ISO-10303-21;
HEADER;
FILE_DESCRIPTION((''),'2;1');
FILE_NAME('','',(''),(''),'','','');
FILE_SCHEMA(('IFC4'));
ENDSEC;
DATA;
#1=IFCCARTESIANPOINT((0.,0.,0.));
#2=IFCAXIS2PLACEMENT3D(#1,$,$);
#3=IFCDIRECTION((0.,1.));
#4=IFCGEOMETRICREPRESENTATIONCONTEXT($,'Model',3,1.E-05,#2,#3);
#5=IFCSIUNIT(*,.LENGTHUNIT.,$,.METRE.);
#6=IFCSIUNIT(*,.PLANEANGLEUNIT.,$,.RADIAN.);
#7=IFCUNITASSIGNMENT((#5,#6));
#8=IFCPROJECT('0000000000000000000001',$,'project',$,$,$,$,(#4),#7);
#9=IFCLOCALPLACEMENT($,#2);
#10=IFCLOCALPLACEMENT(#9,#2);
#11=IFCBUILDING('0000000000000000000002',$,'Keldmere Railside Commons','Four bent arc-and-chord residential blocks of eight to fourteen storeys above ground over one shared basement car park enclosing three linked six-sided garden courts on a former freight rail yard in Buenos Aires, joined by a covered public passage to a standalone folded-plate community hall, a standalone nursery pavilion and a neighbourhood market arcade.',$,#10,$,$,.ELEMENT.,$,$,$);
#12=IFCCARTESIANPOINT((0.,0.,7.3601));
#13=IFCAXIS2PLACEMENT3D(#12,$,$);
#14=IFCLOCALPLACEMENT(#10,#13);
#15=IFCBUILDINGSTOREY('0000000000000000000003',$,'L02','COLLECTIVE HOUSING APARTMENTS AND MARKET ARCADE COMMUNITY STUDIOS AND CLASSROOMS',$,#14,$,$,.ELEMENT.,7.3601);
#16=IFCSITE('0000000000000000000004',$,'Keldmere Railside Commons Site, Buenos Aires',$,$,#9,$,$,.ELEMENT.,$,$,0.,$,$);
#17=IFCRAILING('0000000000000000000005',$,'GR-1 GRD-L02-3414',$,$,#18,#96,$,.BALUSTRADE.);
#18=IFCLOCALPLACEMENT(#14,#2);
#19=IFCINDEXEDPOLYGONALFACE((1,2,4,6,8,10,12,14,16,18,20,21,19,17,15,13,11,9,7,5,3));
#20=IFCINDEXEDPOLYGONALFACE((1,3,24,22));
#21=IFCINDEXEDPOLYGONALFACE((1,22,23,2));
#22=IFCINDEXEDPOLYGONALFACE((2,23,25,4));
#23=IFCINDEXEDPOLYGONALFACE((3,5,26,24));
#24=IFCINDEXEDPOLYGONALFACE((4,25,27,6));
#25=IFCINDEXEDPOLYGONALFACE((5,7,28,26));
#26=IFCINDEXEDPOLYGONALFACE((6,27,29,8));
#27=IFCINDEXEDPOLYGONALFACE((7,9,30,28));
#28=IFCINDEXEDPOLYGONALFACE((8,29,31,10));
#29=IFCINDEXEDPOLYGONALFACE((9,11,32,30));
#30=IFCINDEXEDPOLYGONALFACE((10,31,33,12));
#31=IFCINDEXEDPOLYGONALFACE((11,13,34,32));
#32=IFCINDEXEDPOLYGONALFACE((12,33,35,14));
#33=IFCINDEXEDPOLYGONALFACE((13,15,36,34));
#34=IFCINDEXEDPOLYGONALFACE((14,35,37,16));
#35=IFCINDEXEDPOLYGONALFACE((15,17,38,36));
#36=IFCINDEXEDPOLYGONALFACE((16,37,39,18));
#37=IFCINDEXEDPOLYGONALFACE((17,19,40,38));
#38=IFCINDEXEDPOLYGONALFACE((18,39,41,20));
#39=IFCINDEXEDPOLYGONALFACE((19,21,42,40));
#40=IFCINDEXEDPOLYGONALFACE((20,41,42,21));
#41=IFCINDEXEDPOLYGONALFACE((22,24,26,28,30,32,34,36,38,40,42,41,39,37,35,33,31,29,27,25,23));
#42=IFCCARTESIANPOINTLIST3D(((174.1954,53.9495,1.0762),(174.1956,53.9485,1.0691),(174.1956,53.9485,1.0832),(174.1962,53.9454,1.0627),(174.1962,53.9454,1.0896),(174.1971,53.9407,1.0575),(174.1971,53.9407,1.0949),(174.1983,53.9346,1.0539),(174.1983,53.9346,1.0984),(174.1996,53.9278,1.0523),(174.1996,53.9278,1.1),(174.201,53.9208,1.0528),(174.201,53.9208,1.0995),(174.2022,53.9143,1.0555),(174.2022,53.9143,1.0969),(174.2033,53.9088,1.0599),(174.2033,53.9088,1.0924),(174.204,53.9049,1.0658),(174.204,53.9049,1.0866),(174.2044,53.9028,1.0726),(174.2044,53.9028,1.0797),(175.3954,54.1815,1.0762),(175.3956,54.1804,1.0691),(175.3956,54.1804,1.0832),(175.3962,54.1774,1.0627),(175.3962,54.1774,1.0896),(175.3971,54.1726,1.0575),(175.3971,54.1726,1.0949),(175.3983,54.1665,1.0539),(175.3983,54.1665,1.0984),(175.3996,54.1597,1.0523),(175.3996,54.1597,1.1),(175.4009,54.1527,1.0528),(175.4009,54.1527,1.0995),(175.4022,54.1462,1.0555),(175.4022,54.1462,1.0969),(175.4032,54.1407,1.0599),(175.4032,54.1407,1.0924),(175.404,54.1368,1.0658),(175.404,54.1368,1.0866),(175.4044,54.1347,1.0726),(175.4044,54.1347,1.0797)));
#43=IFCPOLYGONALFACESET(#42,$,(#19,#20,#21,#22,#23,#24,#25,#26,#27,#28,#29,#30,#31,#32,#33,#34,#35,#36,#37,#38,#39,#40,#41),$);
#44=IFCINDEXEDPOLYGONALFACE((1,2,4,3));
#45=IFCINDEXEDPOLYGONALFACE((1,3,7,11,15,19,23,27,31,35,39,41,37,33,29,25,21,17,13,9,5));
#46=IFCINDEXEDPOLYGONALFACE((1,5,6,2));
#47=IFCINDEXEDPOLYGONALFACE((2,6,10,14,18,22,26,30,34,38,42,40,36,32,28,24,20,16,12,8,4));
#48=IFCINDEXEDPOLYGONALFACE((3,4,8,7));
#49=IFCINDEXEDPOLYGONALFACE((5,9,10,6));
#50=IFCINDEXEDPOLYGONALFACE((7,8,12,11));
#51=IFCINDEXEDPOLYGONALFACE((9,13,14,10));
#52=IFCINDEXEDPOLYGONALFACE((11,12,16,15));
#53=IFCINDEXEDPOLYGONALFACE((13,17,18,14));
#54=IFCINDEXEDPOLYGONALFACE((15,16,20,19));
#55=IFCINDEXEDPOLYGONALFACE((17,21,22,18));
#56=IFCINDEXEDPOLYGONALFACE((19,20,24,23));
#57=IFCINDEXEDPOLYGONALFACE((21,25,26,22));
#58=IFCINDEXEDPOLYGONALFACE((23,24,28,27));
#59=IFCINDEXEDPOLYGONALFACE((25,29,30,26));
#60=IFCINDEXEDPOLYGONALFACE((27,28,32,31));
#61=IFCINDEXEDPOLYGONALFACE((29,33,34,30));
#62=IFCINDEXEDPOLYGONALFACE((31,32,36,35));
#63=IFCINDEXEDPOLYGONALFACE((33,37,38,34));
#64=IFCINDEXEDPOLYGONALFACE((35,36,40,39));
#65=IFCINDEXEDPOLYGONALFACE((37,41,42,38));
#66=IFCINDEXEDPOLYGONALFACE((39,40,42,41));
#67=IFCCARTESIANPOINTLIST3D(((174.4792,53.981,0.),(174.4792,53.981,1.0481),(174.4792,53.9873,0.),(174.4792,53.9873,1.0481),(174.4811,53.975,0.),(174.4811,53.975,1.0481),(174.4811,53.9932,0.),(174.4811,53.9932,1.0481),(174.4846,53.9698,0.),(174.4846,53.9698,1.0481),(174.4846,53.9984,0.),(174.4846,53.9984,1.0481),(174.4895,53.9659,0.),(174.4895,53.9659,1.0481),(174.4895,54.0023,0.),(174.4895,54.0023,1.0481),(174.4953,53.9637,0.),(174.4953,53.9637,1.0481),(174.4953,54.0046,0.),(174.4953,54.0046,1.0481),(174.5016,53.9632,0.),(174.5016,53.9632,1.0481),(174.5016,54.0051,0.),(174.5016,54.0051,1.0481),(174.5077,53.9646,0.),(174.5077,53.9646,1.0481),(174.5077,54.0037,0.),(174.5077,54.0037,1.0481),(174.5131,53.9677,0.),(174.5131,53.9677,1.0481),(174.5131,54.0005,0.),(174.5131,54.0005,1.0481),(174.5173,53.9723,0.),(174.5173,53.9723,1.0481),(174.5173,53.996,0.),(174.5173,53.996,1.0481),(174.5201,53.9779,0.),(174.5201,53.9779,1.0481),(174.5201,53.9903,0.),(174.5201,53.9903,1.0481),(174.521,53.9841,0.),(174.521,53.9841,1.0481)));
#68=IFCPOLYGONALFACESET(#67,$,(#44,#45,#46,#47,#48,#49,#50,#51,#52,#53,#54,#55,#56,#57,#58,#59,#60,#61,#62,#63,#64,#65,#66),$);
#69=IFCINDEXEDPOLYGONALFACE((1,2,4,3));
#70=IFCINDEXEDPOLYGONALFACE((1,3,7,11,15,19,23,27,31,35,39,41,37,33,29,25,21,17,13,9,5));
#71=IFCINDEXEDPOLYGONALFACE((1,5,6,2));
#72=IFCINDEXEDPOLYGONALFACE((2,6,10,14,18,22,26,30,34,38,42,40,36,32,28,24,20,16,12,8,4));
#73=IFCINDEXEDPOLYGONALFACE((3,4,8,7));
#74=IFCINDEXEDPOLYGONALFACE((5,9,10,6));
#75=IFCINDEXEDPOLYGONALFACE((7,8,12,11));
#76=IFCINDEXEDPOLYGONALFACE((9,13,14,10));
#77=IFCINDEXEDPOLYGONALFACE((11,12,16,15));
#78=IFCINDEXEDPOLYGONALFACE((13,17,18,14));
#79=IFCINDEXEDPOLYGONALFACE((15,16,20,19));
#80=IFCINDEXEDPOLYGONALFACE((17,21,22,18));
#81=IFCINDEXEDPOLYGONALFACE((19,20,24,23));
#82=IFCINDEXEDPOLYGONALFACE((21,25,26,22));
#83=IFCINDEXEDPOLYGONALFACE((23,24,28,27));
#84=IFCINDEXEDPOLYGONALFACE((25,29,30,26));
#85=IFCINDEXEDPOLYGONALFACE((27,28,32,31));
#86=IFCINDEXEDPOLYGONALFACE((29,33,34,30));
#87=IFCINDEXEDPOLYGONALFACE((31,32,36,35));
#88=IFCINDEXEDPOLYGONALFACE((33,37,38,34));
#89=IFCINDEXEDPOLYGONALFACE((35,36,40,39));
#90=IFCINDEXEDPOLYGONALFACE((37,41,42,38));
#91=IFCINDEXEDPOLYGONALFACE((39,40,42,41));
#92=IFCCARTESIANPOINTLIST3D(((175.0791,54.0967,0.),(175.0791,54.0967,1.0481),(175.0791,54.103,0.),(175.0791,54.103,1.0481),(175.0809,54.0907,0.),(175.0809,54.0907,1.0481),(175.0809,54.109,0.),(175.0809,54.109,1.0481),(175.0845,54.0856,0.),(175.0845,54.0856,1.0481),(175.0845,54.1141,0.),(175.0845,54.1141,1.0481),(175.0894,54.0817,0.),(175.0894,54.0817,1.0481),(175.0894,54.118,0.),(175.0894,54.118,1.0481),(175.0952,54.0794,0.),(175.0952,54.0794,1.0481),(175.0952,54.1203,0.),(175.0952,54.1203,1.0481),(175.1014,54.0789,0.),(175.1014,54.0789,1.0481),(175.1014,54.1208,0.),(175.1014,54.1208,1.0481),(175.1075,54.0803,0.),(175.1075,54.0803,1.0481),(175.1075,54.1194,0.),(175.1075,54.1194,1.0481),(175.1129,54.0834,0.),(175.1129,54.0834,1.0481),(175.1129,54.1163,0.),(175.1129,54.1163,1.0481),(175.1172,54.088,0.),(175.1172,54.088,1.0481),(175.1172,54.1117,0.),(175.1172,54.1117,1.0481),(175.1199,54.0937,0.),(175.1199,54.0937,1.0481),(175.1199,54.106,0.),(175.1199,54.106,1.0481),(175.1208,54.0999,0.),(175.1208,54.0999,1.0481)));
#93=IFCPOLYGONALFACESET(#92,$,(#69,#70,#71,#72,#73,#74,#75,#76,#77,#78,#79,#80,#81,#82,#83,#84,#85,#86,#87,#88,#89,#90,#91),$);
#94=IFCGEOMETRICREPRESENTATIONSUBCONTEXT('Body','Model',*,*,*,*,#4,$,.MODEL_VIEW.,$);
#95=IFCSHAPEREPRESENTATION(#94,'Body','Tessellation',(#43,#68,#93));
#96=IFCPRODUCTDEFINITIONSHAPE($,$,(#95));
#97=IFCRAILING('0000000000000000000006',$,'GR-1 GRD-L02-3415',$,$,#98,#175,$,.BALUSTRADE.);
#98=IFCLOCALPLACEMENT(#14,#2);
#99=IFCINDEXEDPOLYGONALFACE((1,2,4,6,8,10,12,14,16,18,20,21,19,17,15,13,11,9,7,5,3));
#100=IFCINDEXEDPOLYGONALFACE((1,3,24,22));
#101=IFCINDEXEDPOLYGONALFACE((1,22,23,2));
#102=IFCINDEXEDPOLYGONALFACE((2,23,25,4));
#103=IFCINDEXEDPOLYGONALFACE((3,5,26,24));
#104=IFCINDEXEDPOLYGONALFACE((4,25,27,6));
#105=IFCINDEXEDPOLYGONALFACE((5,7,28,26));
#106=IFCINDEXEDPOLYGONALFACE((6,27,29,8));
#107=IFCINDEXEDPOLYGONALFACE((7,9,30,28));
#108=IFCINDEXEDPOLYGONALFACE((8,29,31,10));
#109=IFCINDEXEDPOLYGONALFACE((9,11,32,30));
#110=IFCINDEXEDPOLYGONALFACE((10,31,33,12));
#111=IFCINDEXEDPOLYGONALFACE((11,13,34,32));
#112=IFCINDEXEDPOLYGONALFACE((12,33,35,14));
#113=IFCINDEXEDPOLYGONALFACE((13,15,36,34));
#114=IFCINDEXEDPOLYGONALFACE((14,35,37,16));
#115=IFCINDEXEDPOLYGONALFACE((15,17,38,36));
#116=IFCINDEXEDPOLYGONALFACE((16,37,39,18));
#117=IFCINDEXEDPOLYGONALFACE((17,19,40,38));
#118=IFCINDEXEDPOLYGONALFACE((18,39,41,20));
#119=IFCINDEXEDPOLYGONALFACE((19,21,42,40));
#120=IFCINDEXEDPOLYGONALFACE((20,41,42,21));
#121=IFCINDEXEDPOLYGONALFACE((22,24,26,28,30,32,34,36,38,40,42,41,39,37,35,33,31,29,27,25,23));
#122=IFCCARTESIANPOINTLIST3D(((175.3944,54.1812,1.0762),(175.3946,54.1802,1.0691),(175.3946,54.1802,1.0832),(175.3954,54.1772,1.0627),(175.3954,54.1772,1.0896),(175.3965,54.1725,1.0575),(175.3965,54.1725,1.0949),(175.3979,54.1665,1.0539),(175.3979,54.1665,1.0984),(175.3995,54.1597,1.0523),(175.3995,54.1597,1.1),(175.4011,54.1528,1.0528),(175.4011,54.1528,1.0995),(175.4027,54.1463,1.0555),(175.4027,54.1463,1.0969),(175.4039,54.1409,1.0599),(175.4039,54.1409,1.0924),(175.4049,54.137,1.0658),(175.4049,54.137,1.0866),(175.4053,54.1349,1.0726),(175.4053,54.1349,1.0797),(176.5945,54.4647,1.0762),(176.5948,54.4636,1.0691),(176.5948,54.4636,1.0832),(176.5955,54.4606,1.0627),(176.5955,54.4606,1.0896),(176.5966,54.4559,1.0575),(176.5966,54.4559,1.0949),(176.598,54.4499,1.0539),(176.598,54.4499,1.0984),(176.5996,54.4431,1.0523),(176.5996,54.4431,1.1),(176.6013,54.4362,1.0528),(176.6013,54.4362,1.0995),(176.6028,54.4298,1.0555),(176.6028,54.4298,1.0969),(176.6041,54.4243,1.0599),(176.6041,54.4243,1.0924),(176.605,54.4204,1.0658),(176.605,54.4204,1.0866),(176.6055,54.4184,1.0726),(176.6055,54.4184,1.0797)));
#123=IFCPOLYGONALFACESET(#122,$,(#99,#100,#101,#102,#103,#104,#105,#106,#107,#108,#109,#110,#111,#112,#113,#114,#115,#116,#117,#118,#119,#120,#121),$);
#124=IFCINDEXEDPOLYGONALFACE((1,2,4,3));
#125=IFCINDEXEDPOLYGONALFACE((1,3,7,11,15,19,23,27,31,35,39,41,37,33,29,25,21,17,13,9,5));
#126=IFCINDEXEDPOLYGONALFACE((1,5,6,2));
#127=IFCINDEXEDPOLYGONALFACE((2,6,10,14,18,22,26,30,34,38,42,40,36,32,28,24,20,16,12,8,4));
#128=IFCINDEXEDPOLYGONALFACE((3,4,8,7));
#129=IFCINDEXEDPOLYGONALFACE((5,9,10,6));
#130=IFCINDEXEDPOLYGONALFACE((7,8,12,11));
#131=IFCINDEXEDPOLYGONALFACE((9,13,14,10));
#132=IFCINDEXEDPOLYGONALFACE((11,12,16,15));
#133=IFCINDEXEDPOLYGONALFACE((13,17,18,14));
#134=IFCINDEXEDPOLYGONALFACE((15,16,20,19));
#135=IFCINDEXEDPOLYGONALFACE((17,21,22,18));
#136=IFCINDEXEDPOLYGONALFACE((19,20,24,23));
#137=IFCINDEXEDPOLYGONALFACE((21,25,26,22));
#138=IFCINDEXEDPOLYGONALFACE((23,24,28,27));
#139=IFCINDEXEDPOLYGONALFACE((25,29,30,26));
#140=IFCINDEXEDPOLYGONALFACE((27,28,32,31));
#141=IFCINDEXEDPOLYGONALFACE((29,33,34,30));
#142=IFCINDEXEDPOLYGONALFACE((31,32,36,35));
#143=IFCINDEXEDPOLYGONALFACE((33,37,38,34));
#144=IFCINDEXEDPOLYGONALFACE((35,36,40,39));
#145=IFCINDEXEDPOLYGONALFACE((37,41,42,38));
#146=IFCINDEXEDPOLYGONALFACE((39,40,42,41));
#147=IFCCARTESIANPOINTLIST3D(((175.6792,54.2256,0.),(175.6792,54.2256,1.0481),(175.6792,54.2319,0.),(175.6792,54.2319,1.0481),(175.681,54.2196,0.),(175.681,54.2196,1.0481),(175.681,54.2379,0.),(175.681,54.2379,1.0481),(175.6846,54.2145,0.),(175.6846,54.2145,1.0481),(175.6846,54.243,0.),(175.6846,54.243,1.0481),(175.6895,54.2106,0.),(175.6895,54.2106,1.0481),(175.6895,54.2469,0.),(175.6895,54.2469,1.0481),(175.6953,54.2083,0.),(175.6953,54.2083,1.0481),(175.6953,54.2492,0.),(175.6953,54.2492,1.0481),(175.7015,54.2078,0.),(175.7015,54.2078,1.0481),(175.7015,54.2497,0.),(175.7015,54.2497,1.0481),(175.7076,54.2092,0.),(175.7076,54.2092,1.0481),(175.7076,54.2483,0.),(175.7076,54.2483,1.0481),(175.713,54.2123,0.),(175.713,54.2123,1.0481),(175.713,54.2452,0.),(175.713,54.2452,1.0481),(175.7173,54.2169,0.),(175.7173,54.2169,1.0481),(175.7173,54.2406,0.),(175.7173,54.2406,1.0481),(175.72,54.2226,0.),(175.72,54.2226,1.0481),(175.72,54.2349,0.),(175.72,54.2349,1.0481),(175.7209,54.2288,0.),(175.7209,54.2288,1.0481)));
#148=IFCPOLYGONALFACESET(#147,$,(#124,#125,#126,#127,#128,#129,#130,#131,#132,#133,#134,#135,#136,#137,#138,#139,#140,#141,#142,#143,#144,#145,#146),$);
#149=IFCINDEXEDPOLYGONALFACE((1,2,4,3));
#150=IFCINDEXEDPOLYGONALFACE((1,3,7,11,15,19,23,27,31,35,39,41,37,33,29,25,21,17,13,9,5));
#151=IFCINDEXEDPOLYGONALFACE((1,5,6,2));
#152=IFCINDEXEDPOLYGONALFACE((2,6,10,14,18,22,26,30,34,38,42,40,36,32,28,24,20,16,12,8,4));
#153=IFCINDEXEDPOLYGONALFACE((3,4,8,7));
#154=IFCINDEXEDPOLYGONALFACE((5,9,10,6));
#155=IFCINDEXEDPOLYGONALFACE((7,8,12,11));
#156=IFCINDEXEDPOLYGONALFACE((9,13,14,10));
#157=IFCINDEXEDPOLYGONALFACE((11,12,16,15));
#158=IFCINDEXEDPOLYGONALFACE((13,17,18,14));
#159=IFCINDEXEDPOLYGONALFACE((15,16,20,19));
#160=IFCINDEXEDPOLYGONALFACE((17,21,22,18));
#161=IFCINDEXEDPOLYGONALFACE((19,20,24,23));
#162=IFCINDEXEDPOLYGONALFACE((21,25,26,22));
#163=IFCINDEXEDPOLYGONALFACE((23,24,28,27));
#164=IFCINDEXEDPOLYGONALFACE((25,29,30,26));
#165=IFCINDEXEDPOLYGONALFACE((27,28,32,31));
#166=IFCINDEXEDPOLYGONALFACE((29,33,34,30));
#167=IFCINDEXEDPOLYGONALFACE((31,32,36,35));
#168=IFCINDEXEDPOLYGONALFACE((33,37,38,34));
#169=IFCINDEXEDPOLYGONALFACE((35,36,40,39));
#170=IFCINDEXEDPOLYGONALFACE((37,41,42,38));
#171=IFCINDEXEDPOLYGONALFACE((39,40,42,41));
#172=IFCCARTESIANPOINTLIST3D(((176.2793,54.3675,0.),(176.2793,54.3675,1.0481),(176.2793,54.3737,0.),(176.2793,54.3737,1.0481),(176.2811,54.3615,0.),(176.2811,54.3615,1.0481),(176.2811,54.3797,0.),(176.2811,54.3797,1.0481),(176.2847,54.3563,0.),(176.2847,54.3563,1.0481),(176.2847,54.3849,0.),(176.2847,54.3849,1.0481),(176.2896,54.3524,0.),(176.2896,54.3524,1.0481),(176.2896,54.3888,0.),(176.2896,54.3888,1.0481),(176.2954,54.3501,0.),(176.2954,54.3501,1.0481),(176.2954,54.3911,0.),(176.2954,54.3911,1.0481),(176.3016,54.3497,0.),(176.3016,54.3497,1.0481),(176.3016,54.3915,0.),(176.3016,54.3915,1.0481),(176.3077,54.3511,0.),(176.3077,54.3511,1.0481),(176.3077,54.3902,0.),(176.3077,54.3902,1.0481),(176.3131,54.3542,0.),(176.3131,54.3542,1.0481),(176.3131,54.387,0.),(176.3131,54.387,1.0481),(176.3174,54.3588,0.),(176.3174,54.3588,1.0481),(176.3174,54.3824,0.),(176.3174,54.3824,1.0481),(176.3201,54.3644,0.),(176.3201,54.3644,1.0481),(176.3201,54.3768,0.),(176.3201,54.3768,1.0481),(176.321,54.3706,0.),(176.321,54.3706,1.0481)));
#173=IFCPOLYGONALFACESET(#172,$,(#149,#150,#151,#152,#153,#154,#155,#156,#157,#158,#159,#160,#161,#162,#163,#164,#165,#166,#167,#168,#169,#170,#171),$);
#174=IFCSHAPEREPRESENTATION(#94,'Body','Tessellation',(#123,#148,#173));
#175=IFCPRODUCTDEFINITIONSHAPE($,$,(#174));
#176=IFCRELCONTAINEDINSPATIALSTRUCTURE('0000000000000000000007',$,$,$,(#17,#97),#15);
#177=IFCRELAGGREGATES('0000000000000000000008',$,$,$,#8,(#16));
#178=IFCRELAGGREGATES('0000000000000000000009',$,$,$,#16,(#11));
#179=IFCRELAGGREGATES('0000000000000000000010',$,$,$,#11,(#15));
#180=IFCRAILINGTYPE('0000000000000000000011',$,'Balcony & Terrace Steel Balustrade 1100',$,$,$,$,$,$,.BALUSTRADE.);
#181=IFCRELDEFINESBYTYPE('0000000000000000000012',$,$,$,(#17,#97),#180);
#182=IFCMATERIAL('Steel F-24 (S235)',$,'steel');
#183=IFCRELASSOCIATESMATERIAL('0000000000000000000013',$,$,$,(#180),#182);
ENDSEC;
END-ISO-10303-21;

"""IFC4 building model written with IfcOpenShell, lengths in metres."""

from ifc_helpers import new_model, si_unit, direction, frame, origin, origin_2d, place, context, subcontext, project, spatial, circle, extrude, material, type_object, element, save


model = new_model("IFC4")

# Units and contexts
model_context = context("Model", 3, precision=1e-05, world=origin(), true_north=direction((0.0, 1.0)))
body_context = subcontext(model_context, "Body", "Model", "MODEL_VIEW")
ifc_project = project(units=[si_unit("LENGTHUNIT", "METRE"), si_unit("PLANEANGLEUNIT", "RADIAN")], contexts=[model_context])

# Site, building, storey
site_placement = place(None, origin())
site = spatial("IfcSite", under=ifc_project, at=site_placement, Name="Keldmere Railside Commons Site, Buenos Aires", CompositionType="ELEMENT", RefElevation=0.0)
building_placement = place(site_placement, origin())
building = spatial("IfcBuilding", under=site, at=building_placement, Name="Keldmere Railside Commons", Description="Four bent arc-and-chord residential blocks of eight to fourteen storeys above ground over one shared basement car park enclosing three linked six-sided garden courts on a former freight rail yard in Buenos Aires, joined by a covered public passage to a standalone folded-plate community hall, a standalone nursery pavilion and a neighbourhood market arcade.", CompositionType="ELEMENT")
storey_placement = place(building_placement, frame((0.0, 0.0, 7.3601)))
storey = spatial("IfcBuildingStorey", under=building, at=storey_placement, Name="L02", Description="COLLECTIVE HOUSING APARTMENTS AND MARKET ARCADE COMMUNITY STUDIOS AND CLASSROOMS", CompositionType="ELEMENT", Elevation=7.3601)

# Railings
ifc_material_1 = material(Name="Steel F-24 (S235)", Category="steel")
railing_type = type_object("IfcRailingType", Name="Balcony & Terrace Steel Balustrade 1100", PredefinedType="BALUSTRADE", material=ifc_material_1)
railing_1_placement = place(storey_placement, frame((174.2, 53.926, 0.0)))
element("IfcRailing", 1, at=railing_1_placement, inside=storey, type_object=railing_type, Name="GR-1 GRD-L02-3414", PredefinedType="BALUSTRADE", context=body_context, shape_type="SweptSolid", body=[
    extrude(circle(Radius=0.0239, at=origin_2d()), frame((0.0, 0.0, 1.0762), z_axis=(0.981828, 0.189773, 0.0), x_axis=(-0.189773, 0.981828, 0.0)), (0.0, 0.0, 1.0), 1.2222),
    extrude(circle(Radius=0.021, at=origin_2d()), frame((0.3, 0.0581, 0.0)), (0.0, 0.0, 1.0), 1.0481),
    extrude(circle(Radius=0.021, at=origin_2d()), frame((0.8999, 0.1738, 0.0)), (0.0, 0.0, 1.0), 1.0481),
])
railing_2_placement = place(storey_placement, frame((175.3999, 54.158, 0.0)))
element("IfcRailing", 2, at=railing_2_placement, inside=storey, type_object=railing_type, Name="GR-1 GRD-L02-3415", PredefinedType="BALUSTRADE", context=body_context, shape_type="SweptSolid", body=[
    extrude(circle(Radius=0.0239, at=origin_2d()), frame((0.0, 0.0, 1.0762), z_axis=(0.973227, 0.229845, 0.0), x_axis=(-0.229845, 0.973227, 0.0)), (0.0, 0.0, 1.0), 1.2332),
    extrude(circle(Radius=0.021, at=origin_2d()), frame((0.3, 0.0708, 0.0)), (0.0, 0.0, 1.0), 1.0481),
    extrude(circle(Radius=0.021, at=origin_2d()), frame((0.9001, 0.2126, 0.0)), (0.0, 0.0, 1.0), 1.0481),
])

save(model, "model.ifc")
